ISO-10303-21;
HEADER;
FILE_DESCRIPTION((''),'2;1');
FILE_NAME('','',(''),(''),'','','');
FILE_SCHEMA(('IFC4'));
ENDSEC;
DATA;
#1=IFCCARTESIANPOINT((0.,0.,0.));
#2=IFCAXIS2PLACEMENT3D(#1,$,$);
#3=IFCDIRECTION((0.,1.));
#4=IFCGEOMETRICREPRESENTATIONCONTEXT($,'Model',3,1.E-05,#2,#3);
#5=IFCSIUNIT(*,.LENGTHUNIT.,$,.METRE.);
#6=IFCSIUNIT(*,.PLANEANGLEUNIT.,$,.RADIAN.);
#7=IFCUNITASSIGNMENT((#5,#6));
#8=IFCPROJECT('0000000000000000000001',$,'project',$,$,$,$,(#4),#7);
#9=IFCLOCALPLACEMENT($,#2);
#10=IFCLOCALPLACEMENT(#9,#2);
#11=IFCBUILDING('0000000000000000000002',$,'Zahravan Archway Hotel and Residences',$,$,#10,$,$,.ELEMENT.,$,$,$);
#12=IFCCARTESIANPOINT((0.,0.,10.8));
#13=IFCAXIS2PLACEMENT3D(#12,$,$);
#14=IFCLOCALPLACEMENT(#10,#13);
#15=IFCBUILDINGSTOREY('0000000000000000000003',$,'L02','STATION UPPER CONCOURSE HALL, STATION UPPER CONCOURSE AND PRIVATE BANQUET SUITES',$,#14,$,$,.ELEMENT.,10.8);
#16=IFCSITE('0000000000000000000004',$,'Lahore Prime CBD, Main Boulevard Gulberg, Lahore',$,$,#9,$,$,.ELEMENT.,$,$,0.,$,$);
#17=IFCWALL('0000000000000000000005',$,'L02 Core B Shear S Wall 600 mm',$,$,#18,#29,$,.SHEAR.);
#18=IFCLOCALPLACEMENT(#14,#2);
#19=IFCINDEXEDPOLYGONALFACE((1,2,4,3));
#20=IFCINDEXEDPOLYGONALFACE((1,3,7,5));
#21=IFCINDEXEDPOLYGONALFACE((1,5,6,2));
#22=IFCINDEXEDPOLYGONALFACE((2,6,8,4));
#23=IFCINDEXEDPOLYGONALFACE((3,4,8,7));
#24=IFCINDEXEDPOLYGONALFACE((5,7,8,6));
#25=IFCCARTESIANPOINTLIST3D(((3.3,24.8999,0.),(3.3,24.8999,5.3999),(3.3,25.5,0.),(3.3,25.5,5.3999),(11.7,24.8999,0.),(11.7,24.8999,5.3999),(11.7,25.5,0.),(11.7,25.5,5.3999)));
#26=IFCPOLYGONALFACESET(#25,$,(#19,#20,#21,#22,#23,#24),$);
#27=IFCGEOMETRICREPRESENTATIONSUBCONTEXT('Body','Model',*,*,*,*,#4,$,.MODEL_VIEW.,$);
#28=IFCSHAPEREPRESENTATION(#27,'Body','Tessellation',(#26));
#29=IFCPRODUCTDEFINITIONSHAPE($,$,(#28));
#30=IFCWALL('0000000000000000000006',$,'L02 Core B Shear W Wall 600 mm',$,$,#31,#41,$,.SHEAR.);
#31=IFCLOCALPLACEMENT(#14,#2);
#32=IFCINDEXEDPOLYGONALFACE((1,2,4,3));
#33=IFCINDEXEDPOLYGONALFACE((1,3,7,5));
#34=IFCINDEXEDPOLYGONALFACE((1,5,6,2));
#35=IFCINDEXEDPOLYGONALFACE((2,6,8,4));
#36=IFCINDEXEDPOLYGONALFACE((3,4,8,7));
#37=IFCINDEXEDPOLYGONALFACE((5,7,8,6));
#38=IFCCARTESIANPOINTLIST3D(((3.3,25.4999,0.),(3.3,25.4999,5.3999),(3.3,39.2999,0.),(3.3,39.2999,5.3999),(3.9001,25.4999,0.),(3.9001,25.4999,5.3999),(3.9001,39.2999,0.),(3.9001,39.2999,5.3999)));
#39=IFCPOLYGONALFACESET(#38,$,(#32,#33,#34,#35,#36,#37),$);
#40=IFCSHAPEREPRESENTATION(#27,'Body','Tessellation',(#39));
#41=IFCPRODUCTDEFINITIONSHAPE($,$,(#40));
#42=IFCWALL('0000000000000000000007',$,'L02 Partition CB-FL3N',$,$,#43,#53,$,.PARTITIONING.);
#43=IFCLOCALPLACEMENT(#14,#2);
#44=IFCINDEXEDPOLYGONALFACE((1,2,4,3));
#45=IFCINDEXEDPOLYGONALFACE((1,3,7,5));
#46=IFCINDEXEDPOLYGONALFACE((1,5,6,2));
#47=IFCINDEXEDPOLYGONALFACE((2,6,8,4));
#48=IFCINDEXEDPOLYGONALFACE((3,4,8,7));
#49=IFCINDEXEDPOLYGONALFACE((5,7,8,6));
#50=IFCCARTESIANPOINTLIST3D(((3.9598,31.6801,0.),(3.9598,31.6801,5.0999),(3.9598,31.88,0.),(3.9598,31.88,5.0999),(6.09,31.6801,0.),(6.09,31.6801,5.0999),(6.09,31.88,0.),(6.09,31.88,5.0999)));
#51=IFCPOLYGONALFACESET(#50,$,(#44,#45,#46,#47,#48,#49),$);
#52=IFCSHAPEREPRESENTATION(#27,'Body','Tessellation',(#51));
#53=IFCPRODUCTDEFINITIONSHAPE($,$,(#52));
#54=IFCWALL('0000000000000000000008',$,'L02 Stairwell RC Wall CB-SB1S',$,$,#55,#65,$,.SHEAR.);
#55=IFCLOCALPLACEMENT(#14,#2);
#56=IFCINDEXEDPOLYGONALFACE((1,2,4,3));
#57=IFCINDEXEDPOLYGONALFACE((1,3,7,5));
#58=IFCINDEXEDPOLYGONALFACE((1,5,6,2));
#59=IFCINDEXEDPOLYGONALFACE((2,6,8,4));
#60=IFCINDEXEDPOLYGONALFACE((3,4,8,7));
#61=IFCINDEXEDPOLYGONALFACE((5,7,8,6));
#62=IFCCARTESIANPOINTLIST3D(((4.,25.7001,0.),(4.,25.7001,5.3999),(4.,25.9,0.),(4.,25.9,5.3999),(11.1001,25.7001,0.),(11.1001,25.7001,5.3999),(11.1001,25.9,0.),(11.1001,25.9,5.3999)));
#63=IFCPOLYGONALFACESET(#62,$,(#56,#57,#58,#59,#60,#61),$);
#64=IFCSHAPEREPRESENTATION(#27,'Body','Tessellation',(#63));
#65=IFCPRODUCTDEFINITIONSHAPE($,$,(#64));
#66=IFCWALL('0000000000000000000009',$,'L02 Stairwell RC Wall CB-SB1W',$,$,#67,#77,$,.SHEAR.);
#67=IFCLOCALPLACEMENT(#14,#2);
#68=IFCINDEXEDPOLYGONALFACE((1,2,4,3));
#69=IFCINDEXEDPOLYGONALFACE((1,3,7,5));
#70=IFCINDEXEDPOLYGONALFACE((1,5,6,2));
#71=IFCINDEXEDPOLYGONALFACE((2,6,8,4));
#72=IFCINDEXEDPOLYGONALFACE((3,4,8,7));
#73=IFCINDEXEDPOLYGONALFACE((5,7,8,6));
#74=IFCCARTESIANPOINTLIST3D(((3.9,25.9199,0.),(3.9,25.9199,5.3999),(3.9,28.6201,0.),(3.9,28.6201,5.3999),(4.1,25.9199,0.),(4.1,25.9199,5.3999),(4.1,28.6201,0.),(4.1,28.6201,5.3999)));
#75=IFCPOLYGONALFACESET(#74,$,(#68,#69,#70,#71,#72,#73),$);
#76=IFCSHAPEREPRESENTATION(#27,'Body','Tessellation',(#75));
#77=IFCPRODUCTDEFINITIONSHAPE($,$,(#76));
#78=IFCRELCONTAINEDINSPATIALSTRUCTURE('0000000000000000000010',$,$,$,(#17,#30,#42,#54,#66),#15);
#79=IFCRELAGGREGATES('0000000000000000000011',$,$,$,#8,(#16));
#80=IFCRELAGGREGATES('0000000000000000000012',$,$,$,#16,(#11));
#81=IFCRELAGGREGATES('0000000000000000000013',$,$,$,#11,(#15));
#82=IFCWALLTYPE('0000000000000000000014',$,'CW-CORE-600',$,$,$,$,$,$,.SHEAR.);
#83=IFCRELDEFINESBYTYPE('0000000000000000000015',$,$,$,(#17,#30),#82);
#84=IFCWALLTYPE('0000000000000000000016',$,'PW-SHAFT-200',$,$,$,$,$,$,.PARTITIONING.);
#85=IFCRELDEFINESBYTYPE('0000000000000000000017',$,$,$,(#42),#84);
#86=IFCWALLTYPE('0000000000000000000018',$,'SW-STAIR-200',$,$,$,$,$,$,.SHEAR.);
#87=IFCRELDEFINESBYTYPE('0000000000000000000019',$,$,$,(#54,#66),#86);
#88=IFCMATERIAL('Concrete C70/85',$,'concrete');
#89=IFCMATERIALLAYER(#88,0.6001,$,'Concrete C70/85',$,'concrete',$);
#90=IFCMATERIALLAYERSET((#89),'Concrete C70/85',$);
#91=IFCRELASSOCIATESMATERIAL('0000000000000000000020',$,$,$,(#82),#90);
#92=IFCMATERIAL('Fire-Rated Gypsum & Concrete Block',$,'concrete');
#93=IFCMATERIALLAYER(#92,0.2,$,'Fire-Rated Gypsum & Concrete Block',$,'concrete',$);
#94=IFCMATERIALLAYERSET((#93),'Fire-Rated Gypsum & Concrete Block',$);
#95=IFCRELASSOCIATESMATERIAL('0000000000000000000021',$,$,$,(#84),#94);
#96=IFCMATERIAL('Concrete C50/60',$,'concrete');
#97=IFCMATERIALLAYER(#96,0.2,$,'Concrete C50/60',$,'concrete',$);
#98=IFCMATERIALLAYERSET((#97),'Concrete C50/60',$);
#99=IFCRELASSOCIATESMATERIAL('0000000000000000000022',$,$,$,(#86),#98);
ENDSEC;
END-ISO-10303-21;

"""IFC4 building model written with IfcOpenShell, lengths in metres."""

from ifc_helpers import new_model, si_unit, direction, frame, frame_2d, origin, place, context, subcontext, project, spatial, rectangle, extrude, material, layer, layer_set, type_object, element, save


model = new_model("IFC4")

# Units and contexts
model_context = context("Model", 3, precision=1e-05, world=origin(), true_north=direction((0.0, 1.0)))
body_context = subcontext(model_context, "Body", "Model", "MODEL_VIEW")
ifc_project = project(units=[si_unit("LENGTHUNIT", "METRE"), si_unit("PLANEANGLEUNIT", "RADIAN")], contexts=[model_context])

# Site, building, storey
site_placement = place(None, origin())
site = spatial("IfcSite", under=ifc_project, at=site_placement, Name="Lahore Prime CBD, Main Boulevard Gulberg, Lahore", CompositionType="ELEMENT", RefElevation=0.0)
building_placement = place(site_placement, origin())
building = spatial("IfcBuilding", under=site, at=building_placement, Name="Zahravan Archway Hotel and Residences", CompositionType="ELEMENT")
storey_placement = place(building_placement, frame((0.0, 0.0, 10.8)))
storey = spatial("IfcBuildingStorey", under=building, at=storey_placement, Name="L02", Description="STATION UPPER CONCOURSE HALL, STATION UPPER CONCOURSE AND PRIVATE BANQUET SUITES", CompositionType="ELEMENT", Elevation=10.8)

# Walls
ifc_material_1 = material(Name="Concrete C70/85", Category="concrete")
ifc_layer_1 = layer(ifc_material_1, 0.6001, Name="Concrete C70/85", Category="concrete")
ifc_layer_set_1 = layer_set([ifc_layer_1], Name="Concrete C70/85")
wall_type_1 = type_object("IfcWallType", Name="CW-CORE-600", PredefinedType="SHEAR", material=ifc_layer_set_1)
wall_1_placement = place(storey_placement, frame((3.3, 25.2, 0.0), z_axis=(0.0, 0.0, 1.0), x_axis=(1.0, 0.0, 0.0)))
element("IfcWall", 1, at=wall_1_placement, inside=storey, type_object=wall_type_1, Name="L02 Core B Shear S Wall 600 mm", PredefinedType="SHEAR", context=body_context, shape_type="SweptSolid", body=[
    extrude(rectangle(XDim=8.3999, YDim=0.6001, at=frame_2d((4.2, 0.0))), origin(), (0.0, 0.0, 1.0), 5.3999),
])
wall_2_placement = place(storey_placement, frame((3.6001, 25.5, 0.0), z_axis=(0.0, 0.0, 1.0), x_axis=(0.0, 1.0, 0.0)))
element("IfcWall", 2, at=wall_2_placement, inside=storey, type_object=wall_type_1, Name="L02 Core B Shear W Wall 600 mm", PredefinedType="SHEAR", context=body_context, shape_type="SweptSolid", body=[
    extrude(rectangle(XDim=13.8, YDim=0.6001, at=frame_2d((6.8999, 0.0))), origin(), (0.0, 0.0, 1.0), 5.3999),
])
ifc_material_2 = material(Name="Fire-Rated Gypsum & Concrete Block", Category="concrete")
ifc_layer_2 = layer(ifc_material_2, 0.2, Name="Fire-Rated Gypsum & Concrete Block", Category="concrete")
ifc_layer_set_2 = layer_set([ifc_layer_2], Name="Fire-Rated Gypsum & Concrete Block")
wall_type_2 = type_object("IfcWallType", Name="PW-SHAFT-200", PredefinedType="PARTITIONING", material=ifc_layer_set_2)
wall_3_placement = place(storey_placement, frame((3.96, 31.78, 0.0), z_axis=(0.0, 0.0, 1.0), x_axis=(1.0, 0.0, 0.0)))
element("IfcWall", 3, at=wall_3_placement, inside=storey, type_object=wall_type_2, Name="L02 Partition CB-FL3N", PredefinedType="PARTITIONING", context=body_context, shape_type="SweptSolid", body=[
    extrude(rectangle(XDim=2.1301, YDim=0.2, at=frame_2d((1.0649, 0.0))), origin(), (0.0, 0.0, 1.0), 5.0999),
])
ifc_material_3 = material(Name="Concrete C50/60", Category="concrete")
ifc_layer_3 = layer(ifc_material_3, 0.2, Name="Concrete C50/60", Category="concrete")
ifc_layer_set_3 = layer_set([ifc_layer_3], Name="Concrete C50/60")
wall_type_3 = type_object("IfcWallType", Name="SW-STAIR-200", PredefinedType="SHEAR", material=ifc_layer_set_3)
wall_4_placement = place(storey_placement, frame((4.0, 25.8, 0.0), z_axis=(0.0, 0.0, 1.0), x_axis=(1.0, 0.0, 0.0)))
element("IfcWall", 4, at=wall_4_placement, inside=storey, type_object=wall_type_3, Name="L02 Stairwell RC Wall CB-SB1S", PredefinedType="SHEAR", context=body_context, shape_type="SweptSolid", body=[
    extrude(rectangle(XDim=7.1001, YDim=0.2, at=frame_2d((3.55, 0.0))), origin(), (0.0, 0.0, 1.0), 5.3999),
])
wall_5_placement = place(storey_placement, frame((4.0, 25.9199, 0.0), z_axis=(0.0, 0.0, 1.0), x_axis=(0.0, 1.0, 0.0)))
element("IfcWall", 5, at=wall_5_placement, inside=storey, type_object=wall_type_3, Name="L02 Stairwell RC Wall CB-SB1W", PredefinedType="SHEAR", context=body_context, shape_type="SweptSolid", body=[
    extrude(rectangle(XDim=2.7002, YDim=0.2, at=frame_2d((1.3501, 0.0))), origin(), (0.0, 0.0, 1.0), 5.3999),
])

save(model, "model.ifc")
